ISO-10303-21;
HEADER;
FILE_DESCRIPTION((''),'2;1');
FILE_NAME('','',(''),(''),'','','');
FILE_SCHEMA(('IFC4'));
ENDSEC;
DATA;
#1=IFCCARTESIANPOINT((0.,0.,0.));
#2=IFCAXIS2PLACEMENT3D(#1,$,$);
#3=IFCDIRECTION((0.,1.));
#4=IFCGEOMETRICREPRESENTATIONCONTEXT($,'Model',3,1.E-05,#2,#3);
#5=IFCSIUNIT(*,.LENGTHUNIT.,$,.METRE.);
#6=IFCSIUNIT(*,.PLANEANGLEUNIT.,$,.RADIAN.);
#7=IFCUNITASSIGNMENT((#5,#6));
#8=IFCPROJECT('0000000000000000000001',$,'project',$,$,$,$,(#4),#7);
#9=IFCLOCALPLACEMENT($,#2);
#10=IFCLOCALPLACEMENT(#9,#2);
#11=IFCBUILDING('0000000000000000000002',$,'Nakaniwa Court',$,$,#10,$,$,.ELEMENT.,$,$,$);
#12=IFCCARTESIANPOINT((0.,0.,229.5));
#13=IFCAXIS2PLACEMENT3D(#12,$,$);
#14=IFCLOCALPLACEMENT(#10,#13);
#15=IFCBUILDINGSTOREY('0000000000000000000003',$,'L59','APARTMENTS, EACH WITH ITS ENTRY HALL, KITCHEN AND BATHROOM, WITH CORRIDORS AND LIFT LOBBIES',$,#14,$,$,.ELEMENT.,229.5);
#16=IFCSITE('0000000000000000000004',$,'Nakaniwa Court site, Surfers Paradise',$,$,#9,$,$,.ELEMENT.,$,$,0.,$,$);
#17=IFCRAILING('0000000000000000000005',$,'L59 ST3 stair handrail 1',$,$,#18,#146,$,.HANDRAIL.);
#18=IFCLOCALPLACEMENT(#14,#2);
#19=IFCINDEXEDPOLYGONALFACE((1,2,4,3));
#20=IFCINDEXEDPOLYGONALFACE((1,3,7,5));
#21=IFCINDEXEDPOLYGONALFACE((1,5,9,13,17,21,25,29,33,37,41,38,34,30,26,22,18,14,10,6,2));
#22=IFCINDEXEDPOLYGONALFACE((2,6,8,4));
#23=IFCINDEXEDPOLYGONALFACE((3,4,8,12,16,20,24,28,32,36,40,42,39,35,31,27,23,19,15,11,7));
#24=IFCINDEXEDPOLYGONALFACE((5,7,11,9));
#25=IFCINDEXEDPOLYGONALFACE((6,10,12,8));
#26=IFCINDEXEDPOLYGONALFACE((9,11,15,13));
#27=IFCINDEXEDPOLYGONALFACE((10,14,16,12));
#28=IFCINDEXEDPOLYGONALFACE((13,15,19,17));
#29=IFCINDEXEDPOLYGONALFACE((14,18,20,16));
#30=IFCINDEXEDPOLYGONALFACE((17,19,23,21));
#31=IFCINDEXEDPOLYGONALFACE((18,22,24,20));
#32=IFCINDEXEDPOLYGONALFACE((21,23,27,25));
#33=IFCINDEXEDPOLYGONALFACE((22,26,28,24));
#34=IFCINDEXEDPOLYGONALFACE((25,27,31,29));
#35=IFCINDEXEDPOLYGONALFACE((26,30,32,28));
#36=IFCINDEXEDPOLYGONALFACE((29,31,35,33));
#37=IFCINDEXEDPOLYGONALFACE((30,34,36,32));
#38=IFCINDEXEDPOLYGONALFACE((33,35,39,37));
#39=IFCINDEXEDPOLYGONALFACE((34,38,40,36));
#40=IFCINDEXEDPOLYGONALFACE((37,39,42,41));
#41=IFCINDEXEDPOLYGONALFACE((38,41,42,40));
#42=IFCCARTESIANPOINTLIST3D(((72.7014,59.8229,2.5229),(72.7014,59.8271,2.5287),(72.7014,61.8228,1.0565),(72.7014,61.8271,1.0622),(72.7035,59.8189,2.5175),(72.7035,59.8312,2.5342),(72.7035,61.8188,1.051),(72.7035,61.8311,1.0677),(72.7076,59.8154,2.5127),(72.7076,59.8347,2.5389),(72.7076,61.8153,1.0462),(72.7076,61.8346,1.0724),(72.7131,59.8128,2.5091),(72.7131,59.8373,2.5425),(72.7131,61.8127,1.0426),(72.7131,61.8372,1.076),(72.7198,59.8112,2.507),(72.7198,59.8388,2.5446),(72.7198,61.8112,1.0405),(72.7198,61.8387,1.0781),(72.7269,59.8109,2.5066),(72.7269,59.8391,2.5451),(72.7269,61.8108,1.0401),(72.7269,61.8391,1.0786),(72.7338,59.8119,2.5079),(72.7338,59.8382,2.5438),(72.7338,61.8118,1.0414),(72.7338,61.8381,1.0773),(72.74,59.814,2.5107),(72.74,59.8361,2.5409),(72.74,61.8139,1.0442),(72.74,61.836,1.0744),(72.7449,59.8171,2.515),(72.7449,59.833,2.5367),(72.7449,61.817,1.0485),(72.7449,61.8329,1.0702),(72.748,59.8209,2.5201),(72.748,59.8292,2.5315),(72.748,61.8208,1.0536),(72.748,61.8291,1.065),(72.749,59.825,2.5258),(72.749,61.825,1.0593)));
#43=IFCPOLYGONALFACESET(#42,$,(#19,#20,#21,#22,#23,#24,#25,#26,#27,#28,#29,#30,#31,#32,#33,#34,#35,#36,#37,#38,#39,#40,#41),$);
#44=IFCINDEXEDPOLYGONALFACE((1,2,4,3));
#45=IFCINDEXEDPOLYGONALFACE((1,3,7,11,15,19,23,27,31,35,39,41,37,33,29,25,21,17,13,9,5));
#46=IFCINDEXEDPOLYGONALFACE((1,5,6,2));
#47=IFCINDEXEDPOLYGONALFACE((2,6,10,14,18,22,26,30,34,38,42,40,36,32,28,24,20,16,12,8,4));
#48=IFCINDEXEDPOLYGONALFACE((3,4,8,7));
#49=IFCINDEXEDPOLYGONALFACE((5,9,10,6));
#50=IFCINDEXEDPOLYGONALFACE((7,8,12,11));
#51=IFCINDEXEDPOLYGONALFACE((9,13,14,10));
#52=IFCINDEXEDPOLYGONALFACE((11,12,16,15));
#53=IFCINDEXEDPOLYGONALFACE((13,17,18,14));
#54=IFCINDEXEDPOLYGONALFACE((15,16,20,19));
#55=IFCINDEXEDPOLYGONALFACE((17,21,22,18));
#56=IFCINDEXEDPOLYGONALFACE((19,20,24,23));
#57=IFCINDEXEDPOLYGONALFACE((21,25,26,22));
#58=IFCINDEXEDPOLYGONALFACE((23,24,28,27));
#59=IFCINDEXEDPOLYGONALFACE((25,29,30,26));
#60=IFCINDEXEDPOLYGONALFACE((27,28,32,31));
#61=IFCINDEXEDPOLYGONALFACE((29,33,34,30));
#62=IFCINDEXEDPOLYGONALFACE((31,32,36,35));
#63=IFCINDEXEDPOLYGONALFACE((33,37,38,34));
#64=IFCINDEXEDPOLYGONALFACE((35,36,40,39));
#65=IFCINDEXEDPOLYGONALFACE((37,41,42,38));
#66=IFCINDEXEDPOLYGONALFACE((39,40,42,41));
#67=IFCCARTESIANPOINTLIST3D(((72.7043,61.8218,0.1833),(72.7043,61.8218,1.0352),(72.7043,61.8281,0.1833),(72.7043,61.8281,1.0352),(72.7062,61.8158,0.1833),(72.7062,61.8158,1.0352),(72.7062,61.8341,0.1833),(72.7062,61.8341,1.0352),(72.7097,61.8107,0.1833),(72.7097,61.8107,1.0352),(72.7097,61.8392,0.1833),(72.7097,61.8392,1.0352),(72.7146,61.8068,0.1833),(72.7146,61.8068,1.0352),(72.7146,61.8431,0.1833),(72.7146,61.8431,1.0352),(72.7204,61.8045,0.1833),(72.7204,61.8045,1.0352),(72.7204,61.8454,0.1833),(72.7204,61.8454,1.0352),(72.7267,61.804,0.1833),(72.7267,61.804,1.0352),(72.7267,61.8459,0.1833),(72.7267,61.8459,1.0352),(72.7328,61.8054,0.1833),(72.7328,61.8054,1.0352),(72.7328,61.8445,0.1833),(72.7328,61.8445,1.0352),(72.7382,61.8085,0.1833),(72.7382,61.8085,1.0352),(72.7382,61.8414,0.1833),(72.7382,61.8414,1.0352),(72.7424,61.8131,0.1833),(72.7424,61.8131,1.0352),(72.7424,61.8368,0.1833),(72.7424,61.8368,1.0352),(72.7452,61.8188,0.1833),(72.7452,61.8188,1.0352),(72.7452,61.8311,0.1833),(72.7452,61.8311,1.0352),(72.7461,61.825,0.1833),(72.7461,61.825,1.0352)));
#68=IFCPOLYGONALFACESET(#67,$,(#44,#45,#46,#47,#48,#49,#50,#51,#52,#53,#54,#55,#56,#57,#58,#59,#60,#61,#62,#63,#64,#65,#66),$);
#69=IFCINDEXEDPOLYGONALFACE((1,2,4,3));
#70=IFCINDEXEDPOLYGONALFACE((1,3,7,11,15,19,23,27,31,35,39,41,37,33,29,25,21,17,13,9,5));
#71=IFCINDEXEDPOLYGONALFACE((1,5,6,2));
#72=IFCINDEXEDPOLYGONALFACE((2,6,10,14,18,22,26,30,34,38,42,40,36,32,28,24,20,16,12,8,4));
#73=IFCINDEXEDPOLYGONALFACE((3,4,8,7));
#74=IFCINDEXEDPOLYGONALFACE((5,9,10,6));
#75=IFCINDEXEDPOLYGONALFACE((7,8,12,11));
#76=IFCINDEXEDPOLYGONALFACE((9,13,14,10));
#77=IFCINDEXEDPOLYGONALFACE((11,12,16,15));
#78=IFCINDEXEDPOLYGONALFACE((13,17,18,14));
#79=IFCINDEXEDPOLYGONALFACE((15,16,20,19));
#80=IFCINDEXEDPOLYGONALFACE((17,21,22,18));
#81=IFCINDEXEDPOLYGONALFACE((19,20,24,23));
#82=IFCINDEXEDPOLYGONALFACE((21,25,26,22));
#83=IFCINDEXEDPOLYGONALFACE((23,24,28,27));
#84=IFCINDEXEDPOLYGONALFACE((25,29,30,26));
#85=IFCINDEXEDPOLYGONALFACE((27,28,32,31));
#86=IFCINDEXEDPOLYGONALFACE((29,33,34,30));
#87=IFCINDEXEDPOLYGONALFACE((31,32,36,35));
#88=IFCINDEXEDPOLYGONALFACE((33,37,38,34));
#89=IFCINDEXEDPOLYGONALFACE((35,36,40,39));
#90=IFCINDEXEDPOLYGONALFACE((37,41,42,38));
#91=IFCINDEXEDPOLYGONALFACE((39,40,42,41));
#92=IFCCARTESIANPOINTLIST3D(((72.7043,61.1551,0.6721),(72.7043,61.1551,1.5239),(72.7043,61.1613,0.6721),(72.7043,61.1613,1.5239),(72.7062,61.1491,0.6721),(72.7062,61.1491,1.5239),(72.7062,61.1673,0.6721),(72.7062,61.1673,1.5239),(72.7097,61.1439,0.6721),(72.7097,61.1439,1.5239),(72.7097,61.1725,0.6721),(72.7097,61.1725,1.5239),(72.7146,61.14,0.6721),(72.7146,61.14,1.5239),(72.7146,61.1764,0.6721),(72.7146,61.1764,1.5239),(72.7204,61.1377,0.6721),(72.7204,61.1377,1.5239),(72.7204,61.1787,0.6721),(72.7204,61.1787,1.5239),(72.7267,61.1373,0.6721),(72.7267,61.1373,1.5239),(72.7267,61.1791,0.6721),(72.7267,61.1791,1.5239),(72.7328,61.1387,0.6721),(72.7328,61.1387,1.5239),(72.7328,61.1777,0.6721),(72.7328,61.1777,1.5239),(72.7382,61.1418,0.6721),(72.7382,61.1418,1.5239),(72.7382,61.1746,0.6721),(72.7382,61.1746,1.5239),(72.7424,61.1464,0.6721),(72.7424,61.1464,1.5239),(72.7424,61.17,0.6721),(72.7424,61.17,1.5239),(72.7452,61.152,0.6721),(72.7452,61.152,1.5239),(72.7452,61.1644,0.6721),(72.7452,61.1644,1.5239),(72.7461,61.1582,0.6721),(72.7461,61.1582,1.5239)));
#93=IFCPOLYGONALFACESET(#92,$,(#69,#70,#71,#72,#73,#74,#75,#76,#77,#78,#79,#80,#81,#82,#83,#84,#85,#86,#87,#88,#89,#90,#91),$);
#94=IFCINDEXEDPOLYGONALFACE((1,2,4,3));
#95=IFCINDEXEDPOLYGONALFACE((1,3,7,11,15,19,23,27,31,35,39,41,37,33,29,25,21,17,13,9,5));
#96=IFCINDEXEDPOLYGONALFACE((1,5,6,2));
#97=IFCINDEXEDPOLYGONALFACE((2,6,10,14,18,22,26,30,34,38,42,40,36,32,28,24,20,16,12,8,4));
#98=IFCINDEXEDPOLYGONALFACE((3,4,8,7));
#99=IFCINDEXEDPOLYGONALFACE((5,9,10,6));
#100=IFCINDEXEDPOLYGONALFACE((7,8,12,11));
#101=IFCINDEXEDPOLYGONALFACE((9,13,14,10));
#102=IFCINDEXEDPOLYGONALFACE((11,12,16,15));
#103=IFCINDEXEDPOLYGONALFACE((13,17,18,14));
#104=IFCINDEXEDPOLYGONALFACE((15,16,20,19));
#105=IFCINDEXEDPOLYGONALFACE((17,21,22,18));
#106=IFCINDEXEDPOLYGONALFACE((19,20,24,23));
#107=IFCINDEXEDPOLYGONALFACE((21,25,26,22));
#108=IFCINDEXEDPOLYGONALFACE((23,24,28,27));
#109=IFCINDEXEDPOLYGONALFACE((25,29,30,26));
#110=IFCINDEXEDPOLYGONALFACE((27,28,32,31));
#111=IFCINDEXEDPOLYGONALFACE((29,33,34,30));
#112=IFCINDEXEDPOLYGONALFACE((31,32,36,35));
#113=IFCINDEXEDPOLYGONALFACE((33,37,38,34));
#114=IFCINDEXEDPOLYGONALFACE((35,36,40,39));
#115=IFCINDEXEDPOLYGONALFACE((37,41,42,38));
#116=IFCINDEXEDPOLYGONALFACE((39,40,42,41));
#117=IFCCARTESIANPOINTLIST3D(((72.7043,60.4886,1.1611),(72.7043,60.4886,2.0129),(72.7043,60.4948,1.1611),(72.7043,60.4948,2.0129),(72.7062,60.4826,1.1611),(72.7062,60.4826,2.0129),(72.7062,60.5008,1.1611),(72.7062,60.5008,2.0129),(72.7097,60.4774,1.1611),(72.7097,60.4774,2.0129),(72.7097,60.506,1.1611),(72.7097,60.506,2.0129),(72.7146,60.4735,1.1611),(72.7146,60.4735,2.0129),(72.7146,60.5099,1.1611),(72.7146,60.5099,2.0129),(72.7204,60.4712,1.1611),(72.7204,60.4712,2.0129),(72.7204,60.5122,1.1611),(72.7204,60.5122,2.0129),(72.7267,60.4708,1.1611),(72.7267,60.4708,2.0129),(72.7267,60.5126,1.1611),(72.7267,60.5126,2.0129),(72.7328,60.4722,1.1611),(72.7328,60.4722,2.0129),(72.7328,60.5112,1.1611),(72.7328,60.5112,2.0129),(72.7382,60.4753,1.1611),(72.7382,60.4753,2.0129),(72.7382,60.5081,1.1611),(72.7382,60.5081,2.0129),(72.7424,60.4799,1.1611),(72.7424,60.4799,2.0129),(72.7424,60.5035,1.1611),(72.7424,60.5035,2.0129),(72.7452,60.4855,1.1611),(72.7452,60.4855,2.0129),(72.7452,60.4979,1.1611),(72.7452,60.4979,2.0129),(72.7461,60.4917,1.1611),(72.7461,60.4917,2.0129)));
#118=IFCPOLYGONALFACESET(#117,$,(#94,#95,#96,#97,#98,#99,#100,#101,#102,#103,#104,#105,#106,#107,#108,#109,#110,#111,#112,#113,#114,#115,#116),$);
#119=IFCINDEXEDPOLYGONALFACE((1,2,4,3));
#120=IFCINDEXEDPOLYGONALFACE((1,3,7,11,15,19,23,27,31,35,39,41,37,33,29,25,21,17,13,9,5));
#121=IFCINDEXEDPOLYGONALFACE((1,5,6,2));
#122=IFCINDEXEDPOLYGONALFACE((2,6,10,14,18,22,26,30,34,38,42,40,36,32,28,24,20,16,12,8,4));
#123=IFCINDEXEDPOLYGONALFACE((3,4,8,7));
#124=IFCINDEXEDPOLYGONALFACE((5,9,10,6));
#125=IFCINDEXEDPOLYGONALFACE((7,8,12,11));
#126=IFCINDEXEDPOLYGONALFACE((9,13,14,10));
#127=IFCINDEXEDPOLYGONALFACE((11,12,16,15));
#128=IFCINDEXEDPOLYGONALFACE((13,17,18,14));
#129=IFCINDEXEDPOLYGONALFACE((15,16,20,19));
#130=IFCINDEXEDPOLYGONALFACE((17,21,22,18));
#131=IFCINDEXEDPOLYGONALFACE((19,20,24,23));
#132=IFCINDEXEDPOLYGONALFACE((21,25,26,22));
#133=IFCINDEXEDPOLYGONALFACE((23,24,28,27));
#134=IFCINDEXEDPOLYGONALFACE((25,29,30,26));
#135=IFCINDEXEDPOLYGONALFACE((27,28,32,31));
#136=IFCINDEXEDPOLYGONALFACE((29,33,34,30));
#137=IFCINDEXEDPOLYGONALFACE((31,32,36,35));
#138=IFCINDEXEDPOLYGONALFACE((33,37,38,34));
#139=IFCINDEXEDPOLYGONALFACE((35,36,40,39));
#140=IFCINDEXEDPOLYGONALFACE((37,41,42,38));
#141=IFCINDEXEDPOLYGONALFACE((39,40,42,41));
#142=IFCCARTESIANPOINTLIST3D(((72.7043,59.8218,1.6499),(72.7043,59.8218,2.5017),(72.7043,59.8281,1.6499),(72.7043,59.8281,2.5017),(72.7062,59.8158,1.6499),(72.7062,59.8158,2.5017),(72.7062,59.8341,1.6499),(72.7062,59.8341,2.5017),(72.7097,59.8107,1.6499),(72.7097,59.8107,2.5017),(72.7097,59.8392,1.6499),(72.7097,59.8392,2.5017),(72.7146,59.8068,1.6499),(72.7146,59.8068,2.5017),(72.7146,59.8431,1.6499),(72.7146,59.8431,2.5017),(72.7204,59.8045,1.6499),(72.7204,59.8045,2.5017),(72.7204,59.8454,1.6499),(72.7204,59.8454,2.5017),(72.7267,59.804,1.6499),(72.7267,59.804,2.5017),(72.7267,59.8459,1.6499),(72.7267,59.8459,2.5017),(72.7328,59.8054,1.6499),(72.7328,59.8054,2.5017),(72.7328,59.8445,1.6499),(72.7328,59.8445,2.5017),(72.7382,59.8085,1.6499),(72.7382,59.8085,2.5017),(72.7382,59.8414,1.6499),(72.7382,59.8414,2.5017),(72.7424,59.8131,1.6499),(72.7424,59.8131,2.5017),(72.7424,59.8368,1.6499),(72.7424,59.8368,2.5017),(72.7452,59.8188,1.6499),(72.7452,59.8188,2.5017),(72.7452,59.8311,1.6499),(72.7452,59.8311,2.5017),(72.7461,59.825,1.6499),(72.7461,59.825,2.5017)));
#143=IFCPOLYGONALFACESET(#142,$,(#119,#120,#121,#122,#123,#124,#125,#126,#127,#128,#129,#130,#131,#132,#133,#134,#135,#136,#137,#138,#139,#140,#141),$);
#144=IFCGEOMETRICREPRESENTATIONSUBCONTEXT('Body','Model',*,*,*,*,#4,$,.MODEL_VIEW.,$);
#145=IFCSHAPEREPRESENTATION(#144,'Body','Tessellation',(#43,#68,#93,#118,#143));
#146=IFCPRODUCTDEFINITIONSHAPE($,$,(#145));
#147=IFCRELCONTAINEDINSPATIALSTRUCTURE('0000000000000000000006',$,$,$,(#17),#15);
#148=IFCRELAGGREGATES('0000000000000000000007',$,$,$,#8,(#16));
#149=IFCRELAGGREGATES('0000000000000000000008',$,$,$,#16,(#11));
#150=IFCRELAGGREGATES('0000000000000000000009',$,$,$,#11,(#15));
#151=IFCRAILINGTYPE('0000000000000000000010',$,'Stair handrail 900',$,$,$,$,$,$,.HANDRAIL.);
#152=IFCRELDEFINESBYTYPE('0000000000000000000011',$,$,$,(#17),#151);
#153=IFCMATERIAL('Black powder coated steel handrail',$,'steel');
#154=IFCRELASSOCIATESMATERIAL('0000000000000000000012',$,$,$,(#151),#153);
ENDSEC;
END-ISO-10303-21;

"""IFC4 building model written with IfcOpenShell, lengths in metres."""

from ifc_helpers import new_model, si_unit, direction, frame, origin, origin_2d, place, context, subcontext, project, spatial, circle, extrude, material, type_object, element, save


model = new_model("IFC4")

# Units and contexts
model_context = context("Model", 3, precision=1e-05, world=origin(), true_north=direction((0.0, 1.0)))
body_context = subcontext(model_context, "Body", "Model", "MODEL_VIEW")
ifc_project = project(units=[si_unit("LENGTHUNIT", "METRE"), si_unit("PLANEANGLEUNIT", "RADIAN")], contexts=[model_context])

# Site, building, storey
site_placement = place(None, origin())
site = spatial("IfcSite", under=ifc_project, at=site_placement, Name="Nakaniwa Court site, Surfers Paradise", CompositionType="ELEMENT", RefElevation=0.0)
building_placement = place(site_placement, origin())
building = spatial("IfcBuilding", under=site, at=building_placement, Name="Nakaniwa Court", CompositionType="ELEMENT")
storey_placement = place(building_placement, frame((0.0, 0.0, 229.5)))
storey = spatial("IfcBuildingStorey", under=building, at=storey_placement, Name="L59", Description="APARTMENTS, EACH WITH ITS ENTRY HALL, KITCHEN AND BATHROOM, WITH CORRIDORS AND LIFT LOBBIES", CompositionType="ELEMENT", Elevation=229.5)

# Railing
ifc_material_1 = material(Name="Black powder coated steel handrail", Category="steel")
railing_type_1 = type_object("IfcRailingType", Name="Stair handrail 900", PredefinedType="HANDRAIL", material=ifc_material_1)
railing_1_placement = place(storey_placement, frame((72.7251, 61.825, 0.1833)))
element("IfcRailing", 1, at=railing_1_placement, inside=storey, type_object=railing_type_1, Name="L59 ST3 stair handrail 1", PredefinedType="HANDRAIL", context=body_context, shape_type="SweptSolid", body=[
    extrude(circle(Radius=0.0239, at=origin_2d()), frame((0.0, 0.0, 0.876), z_axis=(0.0, -0.806427, 0.591334), x_axis=(1.0, 0.0, 0.0)), (0.0, 0.0, 1.0), 2.48),
    extrude(circle(Radius=0.021, at=origin_2d()), origin(), (0.0, 0.0, 1.0), 0.8518),
    extrude(circle(Radius=0.021, at=origin_2d()), frame((0.0, -0.6667, 0.4888)), (0.0, 0.0, 1.0), 0.8518),
    extrude(circle(Radius=0.021, at=origin_2d()), frame((0.0, -1.3333, 0.9778)), (0.0, 0.0, 1.0), 0.8518),
    extrude(circle(Radius=0.021, at=origin_2d()), frame((0.0, -2.0, 1.4666)), (0.0, 0.0, 1.0), 0.8518),
])

save(model, "model.ifc")
